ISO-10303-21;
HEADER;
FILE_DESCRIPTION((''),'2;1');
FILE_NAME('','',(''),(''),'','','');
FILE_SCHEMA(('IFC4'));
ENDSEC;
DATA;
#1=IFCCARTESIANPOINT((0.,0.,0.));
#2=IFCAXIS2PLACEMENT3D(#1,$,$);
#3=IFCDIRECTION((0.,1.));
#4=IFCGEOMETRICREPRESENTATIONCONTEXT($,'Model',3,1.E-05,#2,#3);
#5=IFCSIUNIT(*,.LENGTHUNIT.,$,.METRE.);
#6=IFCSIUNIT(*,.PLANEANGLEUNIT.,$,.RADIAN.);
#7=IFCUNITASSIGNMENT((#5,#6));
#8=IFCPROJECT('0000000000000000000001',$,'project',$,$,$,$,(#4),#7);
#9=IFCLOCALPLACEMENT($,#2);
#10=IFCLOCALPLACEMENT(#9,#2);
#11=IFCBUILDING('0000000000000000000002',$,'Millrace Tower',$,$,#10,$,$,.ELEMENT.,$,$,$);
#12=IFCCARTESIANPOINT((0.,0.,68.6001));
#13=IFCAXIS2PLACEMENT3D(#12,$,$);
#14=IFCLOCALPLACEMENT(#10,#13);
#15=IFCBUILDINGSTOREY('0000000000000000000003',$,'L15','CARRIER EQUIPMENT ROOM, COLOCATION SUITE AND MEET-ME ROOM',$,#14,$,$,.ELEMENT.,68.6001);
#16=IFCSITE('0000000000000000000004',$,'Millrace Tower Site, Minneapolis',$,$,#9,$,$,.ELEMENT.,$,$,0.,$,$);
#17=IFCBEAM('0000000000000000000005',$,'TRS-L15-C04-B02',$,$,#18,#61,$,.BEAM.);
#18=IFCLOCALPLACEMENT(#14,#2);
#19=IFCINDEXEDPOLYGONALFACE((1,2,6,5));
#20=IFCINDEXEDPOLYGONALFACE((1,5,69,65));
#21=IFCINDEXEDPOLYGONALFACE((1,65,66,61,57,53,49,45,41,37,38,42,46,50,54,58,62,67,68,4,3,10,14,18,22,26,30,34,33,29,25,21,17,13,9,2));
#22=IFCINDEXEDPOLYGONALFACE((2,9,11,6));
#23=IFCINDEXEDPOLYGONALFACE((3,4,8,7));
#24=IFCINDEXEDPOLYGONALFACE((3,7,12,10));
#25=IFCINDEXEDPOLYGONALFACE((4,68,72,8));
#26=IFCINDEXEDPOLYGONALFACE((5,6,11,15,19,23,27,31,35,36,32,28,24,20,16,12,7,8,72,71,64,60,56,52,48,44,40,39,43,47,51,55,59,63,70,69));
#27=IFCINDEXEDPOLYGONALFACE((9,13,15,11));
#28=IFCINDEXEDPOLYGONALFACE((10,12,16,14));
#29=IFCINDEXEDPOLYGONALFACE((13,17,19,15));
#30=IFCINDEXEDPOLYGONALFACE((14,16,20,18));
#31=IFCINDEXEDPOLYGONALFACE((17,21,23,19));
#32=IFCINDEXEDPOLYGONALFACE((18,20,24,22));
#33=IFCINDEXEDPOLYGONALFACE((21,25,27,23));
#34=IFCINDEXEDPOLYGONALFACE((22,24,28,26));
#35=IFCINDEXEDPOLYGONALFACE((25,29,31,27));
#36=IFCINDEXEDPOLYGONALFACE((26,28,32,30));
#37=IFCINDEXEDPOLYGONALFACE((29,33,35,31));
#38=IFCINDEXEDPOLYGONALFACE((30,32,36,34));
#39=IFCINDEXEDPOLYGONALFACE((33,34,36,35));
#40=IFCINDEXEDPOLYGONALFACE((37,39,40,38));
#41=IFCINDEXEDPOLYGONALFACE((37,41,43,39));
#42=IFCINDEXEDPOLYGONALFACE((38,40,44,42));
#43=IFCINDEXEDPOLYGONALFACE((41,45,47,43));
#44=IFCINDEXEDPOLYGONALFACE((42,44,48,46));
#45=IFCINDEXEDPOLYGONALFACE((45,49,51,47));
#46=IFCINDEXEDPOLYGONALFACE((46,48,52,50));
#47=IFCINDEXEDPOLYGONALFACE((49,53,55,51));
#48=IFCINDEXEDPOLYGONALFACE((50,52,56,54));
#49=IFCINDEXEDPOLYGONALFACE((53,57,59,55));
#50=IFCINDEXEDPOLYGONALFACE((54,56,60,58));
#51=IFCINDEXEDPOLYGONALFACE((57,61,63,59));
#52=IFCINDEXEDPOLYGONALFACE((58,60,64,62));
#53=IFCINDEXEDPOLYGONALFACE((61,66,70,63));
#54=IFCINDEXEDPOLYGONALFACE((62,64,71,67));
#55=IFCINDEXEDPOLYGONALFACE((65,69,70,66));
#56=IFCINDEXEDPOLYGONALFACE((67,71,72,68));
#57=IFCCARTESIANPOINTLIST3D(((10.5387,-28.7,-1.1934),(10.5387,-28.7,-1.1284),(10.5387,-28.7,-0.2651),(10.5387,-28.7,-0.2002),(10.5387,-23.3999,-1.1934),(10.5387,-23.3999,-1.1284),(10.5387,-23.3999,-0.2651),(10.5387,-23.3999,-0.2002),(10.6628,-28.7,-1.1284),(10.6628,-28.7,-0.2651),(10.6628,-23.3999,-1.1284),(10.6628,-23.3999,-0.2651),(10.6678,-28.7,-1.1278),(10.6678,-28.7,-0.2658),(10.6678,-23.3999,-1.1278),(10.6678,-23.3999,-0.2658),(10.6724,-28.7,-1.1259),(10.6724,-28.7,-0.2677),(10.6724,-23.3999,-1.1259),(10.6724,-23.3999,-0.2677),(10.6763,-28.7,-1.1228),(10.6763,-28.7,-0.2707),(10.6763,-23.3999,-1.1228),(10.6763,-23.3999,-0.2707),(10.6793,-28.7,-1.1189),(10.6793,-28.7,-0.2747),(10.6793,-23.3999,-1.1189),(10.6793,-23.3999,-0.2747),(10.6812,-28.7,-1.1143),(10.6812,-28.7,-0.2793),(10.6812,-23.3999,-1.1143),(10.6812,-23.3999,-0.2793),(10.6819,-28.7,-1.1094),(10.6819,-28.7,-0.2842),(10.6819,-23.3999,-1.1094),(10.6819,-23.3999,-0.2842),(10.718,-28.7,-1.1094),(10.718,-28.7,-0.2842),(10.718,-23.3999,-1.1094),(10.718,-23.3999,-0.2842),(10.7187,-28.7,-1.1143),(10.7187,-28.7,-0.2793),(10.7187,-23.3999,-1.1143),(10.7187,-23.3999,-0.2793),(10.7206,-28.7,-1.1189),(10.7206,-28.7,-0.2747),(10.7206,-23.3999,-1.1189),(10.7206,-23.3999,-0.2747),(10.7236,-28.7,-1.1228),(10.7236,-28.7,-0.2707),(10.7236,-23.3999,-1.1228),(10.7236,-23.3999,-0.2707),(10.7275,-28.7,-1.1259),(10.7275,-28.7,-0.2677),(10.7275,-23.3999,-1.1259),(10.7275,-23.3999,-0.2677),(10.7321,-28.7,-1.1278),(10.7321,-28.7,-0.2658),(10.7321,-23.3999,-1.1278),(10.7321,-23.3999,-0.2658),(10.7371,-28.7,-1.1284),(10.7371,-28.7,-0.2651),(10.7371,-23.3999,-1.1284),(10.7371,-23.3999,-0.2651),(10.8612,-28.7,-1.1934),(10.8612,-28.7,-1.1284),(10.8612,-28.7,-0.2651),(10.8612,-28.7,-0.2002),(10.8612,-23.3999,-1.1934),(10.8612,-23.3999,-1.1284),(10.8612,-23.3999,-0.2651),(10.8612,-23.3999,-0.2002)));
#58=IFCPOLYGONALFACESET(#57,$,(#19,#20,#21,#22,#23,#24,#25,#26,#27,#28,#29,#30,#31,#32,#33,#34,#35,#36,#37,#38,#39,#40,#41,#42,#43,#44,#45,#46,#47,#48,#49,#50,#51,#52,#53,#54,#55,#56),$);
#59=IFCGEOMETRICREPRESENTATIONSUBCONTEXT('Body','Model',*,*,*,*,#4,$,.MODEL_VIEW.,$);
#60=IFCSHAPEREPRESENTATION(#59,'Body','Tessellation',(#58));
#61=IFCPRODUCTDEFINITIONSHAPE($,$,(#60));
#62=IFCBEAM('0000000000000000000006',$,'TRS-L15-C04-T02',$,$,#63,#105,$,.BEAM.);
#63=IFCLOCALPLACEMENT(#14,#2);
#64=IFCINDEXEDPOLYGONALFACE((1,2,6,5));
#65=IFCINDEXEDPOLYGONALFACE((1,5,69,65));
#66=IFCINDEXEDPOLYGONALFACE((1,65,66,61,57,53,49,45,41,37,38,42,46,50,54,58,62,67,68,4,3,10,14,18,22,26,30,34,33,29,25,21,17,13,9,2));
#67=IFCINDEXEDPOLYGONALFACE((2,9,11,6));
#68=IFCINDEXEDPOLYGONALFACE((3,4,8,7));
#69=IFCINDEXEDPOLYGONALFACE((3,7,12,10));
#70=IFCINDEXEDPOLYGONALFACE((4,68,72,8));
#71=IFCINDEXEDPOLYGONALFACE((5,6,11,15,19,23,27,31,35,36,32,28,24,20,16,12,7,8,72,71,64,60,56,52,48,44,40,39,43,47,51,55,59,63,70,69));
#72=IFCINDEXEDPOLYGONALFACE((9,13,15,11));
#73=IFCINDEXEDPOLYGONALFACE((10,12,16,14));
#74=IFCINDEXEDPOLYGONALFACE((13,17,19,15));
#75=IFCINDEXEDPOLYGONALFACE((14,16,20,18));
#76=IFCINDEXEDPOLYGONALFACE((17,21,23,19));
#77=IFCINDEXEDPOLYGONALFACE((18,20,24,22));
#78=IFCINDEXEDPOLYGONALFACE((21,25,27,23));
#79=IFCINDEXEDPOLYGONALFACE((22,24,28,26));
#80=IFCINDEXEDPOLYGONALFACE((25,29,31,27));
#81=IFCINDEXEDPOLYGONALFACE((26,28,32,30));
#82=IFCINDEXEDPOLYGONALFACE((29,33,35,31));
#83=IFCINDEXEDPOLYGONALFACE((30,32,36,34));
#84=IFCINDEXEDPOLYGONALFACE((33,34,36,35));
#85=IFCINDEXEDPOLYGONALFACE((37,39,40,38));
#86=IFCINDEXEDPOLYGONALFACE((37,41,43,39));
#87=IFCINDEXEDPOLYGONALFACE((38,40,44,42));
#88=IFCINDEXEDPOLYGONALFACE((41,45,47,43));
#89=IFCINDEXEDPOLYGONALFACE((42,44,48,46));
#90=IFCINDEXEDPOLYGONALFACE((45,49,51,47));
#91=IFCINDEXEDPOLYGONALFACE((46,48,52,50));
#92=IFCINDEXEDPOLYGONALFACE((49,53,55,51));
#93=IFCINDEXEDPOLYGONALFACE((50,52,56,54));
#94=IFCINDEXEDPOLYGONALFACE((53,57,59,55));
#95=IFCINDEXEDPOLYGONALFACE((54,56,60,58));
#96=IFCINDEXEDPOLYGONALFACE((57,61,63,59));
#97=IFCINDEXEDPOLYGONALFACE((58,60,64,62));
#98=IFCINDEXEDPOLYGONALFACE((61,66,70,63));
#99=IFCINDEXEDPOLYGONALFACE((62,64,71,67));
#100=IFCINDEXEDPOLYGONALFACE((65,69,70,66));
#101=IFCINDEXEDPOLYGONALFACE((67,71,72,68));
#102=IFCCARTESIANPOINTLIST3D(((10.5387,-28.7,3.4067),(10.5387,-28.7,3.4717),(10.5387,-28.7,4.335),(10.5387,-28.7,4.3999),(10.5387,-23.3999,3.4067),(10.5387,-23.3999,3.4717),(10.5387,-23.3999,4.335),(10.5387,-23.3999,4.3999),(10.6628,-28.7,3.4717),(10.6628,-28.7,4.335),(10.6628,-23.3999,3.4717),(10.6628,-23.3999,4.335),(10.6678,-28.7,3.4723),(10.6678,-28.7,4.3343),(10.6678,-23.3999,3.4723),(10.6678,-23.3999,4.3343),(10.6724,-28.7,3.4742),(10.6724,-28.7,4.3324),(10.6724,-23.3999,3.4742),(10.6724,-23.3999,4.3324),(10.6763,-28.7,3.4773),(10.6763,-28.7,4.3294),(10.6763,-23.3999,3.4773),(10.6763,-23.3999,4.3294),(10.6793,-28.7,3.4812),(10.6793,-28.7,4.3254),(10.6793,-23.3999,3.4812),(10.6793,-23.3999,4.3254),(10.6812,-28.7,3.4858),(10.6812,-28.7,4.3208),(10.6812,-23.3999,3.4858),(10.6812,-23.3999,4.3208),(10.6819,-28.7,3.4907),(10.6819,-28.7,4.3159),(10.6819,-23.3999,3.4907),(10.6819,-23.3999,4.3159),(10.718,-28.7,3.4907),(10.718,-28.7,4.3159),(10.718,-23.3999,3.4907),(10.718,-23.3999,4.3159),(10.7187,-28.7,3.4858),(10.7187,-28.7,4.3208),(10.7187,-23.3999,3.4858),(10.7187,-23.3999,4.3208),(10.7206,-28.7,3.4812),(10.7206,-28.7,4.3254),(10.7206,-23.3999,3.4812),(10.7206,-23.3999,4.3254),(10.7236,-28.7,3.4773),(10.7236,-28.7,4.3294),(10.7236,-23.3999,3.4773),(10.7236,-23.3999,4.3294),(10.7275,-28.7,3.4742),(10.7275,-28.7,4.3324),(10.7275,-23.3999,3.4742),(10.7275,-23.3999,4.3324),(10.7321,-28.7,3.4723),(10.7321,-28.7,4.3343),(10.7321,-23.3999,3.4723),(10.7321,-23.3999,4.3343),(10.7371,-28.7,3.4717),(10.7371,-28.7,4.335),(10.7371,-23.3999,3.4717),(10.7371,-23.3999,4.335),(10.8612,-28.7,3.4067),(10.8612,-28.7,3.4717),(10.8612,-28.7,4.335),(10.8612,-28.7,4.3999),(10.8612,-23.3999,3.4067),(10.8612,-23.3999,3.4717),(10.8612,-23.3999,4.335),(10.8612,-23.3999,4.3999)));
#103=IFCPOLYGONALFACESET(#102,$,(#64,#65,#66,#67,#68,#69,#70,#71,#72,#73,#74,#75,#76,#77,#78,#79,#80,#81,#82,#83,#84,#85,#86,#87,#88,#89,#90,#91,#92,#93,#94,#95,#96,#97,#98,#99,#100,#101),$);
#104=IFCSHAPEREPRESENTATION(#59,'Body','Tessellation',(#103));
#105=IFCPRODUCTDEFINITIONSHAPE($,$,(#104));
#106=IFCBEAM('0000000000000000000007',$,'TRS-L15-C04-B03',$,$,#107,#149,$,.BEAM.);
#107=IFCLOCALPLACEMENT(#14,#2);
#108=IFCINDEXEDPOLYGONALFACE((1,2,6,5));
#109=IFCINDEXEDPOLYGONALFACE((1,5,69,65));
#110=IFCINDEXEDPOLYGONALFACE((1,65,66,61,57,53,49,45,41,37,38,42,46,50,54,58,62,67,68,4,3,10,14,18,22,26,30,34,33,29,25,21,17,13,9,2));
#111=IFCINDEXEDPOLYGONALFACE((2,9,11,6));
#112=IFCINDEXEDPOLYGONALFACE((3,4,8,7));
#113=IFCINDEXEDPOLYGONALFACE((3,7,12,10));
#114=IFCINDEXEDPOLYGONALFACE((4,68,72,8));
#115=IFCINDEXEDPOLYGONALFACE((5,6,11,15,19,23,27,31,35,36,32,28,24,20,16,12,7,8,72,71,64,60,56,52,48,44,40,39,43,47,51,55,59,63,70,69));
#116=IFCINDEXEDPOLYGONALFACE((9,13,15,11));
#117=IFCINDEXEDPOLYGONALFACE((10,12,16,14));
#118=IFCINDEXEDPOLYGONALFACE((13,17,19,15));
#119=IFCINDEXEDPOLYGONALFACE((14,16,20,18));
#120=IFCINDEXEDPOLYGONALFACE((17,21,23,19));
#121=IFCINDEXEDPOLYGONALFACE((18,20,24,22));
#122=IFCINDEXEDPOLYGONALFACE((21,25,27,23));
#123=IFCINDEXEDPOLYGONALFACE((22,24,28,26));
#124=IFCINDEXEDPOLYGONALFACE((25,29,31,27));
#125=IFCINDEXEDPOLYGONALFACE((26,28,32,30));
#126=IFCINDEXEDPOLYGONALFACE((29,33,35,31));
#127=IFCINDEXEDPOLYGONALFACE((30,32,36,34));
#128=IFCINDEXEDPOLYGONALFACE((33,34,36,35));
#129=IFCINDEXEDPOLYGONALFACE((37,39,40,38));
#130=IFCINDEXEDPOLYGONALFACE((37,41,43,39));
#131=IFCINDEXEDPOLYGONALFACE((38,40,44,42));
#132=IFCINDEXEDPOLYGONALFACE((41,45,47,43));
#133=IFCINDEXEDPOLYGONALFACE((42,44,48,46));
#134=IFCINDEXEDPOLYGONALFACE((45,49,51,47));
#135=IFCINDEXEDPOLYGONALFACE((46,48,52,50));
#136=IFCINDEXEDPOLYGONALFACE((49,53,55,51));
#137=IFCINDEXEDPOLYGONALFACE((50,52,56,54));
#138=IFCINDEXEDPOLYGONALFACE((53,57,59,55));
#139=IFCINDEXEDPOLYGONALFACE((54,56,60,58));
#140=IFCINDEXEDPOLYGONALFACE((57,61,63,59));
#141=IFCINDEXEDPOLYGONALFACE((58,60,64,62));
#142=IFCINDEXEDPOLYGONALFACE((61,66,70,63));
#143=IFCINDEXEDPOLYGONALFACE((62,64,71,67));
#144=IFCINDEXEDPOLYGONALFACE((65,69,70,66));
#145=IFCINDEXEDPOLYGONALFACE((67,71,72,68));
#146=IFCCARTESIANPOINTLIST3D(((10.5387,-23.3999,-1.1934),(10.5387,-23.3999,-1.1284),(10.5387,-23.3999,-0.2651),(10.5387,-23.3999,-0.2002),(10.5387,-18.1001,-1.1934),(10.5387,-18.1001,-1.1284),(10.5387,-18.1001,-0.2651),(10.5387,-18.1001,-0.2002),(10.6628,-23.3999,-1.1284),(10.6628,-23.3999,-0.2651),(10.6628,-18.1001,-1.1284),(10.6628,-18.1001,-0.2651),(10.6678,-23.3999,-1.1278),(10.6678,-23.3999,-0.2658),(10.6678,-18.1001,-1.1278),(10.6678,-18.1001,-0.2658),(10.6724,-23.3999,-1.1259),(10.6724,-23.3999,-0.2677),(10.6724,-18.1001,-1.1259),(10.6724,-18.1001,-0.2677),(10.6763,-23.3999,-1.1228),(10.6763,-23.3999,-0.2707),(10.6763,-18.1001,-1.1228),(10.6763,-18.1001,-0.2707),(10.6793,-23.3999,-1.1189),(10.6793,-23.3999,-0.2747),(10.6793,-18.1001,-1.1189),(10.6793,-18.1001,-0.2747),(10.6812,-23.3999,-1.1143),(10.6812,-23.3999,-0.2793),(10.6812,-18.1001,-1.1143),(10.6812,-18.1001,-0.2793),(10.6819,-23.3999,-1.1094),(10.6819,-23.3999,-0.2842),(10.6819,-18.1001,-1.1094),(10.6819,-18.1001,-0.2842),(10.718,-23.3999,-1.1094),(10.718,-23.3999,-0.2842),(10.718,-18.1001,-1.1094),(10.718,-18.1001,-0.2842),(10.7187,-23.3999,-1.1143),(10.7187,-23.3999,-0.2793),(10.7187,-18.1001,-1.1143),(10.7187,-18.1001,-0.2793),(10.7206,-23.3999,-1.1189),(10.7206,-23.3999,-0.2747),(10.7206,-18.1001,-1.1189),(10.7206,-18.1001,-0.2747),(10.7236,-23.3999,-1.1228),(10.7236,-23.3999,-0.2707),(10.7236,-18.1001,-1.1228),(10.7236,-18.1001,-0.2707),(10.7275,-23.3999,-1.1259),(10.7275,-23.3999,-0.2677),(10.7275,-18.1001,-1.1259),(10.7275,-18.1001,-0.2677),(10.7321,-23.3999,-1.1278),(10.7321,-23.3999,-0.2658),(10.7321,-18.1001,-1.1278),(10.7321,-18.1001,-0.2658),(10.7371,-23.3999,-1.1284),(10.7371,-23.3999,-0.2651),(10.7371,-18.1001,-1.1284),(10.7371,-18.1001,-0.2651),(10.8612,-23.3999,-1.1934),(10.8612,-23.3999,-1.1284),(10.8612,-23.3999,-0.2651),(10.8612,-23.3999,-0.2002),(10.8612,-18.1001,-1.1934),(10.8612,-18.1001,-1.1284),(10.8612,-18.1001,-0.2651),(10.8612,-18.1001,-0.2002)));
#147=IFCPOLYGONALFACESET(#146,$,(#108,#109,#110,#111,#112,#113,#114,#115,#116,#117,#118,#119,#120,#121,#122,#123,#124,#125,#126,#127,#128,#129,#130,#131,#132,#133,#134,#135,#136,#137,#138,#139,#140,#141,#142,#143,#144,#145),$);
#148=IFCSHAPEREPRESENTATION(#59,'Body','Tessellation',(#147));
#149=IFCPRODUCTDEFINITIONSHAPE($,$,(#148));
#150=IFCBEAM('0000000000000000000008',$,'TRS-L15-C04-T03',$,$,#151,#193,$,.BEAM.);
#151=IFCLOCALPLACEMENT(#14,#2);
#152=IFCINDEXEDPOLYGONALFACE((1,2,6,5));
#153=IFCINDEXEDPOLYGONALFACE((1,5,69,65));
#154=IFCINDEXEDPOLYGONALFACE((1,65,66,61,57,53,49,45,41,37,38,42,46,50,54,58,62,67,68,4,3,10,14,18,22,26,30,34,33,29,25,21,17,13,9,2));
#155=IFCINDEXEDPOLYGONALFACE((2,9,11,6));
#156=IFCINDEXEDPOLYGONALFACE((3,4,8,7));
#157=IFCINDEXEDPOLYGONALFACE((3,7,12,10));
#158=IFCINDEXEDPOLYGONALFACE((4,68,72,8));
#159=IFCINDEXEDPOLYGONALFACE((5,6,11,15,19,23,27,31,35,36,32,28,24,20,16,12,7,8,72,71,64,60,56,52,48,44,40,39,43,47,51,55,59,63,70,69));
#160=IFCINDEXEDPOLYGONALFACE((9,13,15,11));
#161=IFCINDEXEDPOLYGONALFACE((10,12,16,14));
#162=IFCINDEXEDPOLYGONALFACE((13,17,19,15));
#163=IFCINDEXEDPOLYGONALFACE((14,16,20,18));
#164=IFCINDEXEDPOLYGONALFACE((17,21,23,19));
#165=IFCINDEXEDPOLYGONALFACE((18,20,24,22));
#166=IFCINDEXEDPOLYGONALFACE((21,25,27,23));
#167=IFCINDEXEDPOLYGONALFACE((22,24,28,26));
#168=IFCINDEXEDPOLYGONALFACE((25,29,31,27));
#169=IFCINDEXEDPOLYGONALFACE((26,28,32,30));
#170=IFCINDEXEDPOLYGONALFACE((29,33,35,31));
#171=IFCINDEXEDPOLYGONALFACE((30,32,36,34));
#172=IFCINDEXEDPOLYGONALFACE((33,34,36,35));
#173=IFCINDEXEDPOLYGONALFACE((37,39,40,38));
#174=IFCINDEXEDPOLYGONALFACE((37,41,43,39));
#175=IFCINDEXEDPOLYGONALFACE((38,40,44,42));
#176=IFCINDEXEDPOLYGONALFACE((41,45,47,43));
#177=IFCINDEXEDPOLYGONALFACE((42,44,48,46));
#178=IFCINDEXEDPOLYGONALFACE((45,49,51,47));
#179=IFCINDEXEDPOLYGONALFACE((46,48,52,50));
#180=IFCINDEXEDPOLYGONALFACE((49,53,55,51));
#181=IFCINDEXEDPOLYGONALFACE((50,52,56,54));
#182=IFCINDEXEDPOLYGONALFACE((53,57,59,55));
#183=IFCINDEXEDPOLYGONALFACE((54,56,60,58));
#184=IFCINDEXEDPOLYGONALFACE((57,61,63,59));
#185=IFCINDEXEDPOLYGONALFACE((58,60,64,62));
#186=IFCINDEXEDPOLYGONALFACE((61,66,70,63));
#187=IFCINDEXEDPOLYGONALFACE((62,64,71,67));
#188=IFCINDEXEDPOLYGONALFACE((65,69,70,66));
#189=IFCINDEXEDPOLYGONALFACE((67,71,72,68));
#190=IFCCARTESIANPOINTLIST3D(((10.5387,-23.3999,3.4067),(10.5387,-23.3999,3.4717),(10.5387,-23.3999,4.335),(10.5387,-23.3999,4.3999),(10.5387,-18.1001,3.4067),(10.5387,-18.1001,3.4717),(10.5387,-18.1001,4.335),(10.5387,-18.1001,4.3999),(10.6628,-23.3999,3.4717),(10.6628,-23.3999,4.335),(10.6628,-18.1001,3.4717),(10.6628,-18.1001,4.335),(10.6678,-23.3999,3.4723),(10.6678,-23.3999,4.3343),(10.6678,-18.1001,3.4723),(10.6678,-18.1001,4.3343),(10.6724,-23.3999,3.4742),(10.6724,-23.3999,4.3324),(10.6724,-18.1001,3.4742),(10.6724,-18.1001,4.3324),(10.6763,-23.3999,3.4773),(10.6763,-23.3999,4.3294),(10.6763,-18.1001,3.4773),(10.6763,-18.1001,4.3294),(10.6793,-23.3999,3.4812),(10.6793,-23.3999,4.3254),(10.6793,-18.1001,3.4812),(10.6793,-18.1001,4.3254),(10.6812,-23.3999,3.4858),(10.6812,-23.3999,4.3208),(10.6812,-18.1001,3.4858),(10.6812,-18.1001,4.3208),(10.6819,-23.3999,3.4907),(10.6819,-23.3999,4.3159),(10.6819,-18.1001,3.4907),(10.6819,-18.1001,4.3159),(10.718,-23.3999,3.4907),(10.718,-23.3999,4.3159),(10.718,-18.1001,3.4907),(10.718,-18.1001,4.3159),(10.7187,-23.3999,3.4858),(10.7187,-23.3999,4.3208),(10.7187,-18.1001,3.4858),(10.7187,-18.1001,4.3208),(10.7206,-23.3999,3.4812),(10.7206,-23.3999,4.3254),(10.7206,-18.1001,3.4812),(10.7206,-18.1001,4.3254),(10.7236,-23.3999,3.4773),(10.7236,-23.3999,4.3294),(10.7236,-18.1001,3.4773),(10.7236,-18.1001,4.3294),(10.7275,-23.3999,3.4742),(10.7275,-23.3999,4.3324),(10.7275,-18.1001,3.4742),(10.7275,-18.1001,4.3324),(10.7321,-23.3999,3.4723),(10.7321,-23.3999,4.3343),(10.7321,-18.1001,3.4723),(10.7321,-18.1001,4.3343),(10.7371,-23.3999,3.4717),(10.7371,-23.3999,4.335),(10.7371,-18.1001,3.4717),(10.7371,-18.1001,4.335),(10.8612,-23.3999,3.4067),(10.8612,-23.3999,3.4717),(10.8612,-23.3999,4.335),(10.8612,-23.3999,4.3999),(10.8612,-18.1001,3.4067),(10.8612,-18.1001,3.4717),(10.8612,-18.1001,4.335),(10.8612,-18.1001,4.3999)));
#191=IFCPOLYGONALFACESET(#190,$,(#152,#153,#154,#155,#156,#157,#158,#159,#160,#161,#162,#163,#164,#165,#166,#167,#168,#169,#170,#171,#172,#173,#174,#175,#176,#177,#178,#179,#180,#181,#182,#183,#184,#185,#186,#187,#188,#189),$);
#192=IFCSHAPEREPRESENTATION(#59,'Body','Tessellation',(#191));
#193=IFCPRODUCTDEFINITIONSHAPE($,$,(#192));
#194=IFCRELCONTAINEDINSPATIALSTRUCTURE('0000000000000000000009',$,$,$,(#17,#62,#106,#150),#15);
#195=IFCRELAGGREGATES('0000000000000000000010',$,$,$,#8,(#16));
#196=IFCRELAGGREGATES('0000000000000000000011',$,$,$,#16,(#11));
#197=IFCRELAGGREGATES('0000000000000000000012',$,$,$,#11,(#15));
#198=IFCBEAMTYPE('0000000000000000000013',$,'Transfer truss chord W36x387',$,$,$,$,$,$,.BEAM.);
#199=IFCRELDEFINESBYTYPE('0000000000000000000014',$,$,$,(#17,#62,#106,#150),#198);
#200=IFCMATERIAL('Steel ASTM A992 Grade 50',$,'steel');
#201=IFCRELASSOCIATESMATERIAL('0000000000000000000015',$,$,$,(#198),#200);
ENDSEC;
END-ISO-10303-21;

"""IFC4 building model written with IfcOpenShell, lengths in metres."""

from ifc_helpers import new_model, si_unit, direction, frame, origin, origin_2d, place, context, subcontext, project, spatial, i_section, extrude, material, material_profile, profile_set, type_object, element, save


model = new_model("IFC4")

# Units and contexts
model_context = context("Model", 3, precision=1e-05, world=origin(), true_north=direction((0.0, 1.0)))
body_context = subcontext(model_context, "Body", "Model", "MODEL_VIEW")
ifc_project = project(units=[si_unit("LENGTHUNIT", "METRE"), si_unit("PLANEANGLEUNIT", "RADIAN")], contexts=[model_context])

# Site, building, storey
site_placement = place(None, origin())
site = spatial("IfcSite", under=ifc_project, at=site_placement, Name="Millrace Tower Site, Minneapolis", CompositionType="ELEMENT", RefElevation=0.0)
building_placement = place(site_placement, origin())
building = spatial("IfcBuilding", under=site, at=building_placement, Name="Millrace Tower", CompositionType="ELEMENT")
storey_placement = place(building_placement, frame((0.0, 0.0, 68.6001)))
storey = spatial("IfcBuildingStorey", under=building, at=storey_placement, Name="L15", Description="CARRIER EQUIPMENT ROOM, COLOCATION SUITE AND MEET-ME ROOM", CompositionType="ELEMENT", Elevation=68.6001)

# Beams
ifc_material_1 = material(Name="Steel ASTM A992 Grade 50", Category="steel")
ifc_material_profile_1 = material_profile(ifc_material_1, i_section(OverallWidth=0.3225, OverallDepth=0.9932, WebThickness=0.0361, FlangeThickness=0.0649, FilletRadius=0.019, at=origin_2d()))
ifc_profile_set_1 = profile_set([ifc_material_profile_1], Name="Steel ASTM A992 Grade 50")
beam_type_1 = type_object("IfcBeamType", Name="Transfer truss chord W36x387", PredefinedType="BEAM", material=ifc_profile_set_1)
for number, where, z_axis, x_axis, name in (
    (1, (10.7, -28.7, -0.6968), (0.0, 1.0, 0.0), (-1.0, 0.0, 0.0), "TRS-L15-C04-B02"),
    (2, (10.7, -28.7, 3.9033), (0.0, 1.0, 0.0), (-1.0, 0.0, 0.0), "TRS-L15-C04-T02"),
):
    element("IfcBeam", number, at=place(storey_placement, frame(where, z_axis=z_axis, x_axis=x_axis)), inside=storey, type_object=beam_type_1, Name=name, PredefinedType="BEAM", context=body_context, shape_type="SweptSolid", body=[
        extrude(i_section(OverallWidth=0.3225, OverallDepth=0.9932, WebThickness=0.0361, FlangeThickness=0.0649, FilletRadius=0.019, at=origin_2d()), origin(), (0.0, 0.0, 1.0), 5.3),
    ])
for number, where, z_axis, x_axis, name in (
    (3, (10.7, -23.3999, -0.6968), (0.0, 1.0, 0.0), (-1.0, 0.0, 0.0), "TRS-L15-C04-B03"),
    (4, (10.7, -23.3999, 3.9033), (0.0, 1.0, 0.0), (-1.0, 0.0, 0.0), "TRS-L15-C04-T03"),
):
    element("IfcBeam", number, at=place(storey_placement, frame(where, z_axis=z_axis, x_axis=x_axis)), inside=storey, type_object=beam_type_1, Name=name, PredefinedType="BEAM", context=body_context, shape_type="SweptSolid", body=[
        extrude(i_section(OverallWidth=0.3225, OverallDepth=0.9932, WebThickness=0.0361, FlangeThickness=0.0649, FilletRadius=0.019, at=origin_2d()), origin(), (0.0, 0.0, 1.0), 5.2998),
    ])

save(model, "model.ifc")
